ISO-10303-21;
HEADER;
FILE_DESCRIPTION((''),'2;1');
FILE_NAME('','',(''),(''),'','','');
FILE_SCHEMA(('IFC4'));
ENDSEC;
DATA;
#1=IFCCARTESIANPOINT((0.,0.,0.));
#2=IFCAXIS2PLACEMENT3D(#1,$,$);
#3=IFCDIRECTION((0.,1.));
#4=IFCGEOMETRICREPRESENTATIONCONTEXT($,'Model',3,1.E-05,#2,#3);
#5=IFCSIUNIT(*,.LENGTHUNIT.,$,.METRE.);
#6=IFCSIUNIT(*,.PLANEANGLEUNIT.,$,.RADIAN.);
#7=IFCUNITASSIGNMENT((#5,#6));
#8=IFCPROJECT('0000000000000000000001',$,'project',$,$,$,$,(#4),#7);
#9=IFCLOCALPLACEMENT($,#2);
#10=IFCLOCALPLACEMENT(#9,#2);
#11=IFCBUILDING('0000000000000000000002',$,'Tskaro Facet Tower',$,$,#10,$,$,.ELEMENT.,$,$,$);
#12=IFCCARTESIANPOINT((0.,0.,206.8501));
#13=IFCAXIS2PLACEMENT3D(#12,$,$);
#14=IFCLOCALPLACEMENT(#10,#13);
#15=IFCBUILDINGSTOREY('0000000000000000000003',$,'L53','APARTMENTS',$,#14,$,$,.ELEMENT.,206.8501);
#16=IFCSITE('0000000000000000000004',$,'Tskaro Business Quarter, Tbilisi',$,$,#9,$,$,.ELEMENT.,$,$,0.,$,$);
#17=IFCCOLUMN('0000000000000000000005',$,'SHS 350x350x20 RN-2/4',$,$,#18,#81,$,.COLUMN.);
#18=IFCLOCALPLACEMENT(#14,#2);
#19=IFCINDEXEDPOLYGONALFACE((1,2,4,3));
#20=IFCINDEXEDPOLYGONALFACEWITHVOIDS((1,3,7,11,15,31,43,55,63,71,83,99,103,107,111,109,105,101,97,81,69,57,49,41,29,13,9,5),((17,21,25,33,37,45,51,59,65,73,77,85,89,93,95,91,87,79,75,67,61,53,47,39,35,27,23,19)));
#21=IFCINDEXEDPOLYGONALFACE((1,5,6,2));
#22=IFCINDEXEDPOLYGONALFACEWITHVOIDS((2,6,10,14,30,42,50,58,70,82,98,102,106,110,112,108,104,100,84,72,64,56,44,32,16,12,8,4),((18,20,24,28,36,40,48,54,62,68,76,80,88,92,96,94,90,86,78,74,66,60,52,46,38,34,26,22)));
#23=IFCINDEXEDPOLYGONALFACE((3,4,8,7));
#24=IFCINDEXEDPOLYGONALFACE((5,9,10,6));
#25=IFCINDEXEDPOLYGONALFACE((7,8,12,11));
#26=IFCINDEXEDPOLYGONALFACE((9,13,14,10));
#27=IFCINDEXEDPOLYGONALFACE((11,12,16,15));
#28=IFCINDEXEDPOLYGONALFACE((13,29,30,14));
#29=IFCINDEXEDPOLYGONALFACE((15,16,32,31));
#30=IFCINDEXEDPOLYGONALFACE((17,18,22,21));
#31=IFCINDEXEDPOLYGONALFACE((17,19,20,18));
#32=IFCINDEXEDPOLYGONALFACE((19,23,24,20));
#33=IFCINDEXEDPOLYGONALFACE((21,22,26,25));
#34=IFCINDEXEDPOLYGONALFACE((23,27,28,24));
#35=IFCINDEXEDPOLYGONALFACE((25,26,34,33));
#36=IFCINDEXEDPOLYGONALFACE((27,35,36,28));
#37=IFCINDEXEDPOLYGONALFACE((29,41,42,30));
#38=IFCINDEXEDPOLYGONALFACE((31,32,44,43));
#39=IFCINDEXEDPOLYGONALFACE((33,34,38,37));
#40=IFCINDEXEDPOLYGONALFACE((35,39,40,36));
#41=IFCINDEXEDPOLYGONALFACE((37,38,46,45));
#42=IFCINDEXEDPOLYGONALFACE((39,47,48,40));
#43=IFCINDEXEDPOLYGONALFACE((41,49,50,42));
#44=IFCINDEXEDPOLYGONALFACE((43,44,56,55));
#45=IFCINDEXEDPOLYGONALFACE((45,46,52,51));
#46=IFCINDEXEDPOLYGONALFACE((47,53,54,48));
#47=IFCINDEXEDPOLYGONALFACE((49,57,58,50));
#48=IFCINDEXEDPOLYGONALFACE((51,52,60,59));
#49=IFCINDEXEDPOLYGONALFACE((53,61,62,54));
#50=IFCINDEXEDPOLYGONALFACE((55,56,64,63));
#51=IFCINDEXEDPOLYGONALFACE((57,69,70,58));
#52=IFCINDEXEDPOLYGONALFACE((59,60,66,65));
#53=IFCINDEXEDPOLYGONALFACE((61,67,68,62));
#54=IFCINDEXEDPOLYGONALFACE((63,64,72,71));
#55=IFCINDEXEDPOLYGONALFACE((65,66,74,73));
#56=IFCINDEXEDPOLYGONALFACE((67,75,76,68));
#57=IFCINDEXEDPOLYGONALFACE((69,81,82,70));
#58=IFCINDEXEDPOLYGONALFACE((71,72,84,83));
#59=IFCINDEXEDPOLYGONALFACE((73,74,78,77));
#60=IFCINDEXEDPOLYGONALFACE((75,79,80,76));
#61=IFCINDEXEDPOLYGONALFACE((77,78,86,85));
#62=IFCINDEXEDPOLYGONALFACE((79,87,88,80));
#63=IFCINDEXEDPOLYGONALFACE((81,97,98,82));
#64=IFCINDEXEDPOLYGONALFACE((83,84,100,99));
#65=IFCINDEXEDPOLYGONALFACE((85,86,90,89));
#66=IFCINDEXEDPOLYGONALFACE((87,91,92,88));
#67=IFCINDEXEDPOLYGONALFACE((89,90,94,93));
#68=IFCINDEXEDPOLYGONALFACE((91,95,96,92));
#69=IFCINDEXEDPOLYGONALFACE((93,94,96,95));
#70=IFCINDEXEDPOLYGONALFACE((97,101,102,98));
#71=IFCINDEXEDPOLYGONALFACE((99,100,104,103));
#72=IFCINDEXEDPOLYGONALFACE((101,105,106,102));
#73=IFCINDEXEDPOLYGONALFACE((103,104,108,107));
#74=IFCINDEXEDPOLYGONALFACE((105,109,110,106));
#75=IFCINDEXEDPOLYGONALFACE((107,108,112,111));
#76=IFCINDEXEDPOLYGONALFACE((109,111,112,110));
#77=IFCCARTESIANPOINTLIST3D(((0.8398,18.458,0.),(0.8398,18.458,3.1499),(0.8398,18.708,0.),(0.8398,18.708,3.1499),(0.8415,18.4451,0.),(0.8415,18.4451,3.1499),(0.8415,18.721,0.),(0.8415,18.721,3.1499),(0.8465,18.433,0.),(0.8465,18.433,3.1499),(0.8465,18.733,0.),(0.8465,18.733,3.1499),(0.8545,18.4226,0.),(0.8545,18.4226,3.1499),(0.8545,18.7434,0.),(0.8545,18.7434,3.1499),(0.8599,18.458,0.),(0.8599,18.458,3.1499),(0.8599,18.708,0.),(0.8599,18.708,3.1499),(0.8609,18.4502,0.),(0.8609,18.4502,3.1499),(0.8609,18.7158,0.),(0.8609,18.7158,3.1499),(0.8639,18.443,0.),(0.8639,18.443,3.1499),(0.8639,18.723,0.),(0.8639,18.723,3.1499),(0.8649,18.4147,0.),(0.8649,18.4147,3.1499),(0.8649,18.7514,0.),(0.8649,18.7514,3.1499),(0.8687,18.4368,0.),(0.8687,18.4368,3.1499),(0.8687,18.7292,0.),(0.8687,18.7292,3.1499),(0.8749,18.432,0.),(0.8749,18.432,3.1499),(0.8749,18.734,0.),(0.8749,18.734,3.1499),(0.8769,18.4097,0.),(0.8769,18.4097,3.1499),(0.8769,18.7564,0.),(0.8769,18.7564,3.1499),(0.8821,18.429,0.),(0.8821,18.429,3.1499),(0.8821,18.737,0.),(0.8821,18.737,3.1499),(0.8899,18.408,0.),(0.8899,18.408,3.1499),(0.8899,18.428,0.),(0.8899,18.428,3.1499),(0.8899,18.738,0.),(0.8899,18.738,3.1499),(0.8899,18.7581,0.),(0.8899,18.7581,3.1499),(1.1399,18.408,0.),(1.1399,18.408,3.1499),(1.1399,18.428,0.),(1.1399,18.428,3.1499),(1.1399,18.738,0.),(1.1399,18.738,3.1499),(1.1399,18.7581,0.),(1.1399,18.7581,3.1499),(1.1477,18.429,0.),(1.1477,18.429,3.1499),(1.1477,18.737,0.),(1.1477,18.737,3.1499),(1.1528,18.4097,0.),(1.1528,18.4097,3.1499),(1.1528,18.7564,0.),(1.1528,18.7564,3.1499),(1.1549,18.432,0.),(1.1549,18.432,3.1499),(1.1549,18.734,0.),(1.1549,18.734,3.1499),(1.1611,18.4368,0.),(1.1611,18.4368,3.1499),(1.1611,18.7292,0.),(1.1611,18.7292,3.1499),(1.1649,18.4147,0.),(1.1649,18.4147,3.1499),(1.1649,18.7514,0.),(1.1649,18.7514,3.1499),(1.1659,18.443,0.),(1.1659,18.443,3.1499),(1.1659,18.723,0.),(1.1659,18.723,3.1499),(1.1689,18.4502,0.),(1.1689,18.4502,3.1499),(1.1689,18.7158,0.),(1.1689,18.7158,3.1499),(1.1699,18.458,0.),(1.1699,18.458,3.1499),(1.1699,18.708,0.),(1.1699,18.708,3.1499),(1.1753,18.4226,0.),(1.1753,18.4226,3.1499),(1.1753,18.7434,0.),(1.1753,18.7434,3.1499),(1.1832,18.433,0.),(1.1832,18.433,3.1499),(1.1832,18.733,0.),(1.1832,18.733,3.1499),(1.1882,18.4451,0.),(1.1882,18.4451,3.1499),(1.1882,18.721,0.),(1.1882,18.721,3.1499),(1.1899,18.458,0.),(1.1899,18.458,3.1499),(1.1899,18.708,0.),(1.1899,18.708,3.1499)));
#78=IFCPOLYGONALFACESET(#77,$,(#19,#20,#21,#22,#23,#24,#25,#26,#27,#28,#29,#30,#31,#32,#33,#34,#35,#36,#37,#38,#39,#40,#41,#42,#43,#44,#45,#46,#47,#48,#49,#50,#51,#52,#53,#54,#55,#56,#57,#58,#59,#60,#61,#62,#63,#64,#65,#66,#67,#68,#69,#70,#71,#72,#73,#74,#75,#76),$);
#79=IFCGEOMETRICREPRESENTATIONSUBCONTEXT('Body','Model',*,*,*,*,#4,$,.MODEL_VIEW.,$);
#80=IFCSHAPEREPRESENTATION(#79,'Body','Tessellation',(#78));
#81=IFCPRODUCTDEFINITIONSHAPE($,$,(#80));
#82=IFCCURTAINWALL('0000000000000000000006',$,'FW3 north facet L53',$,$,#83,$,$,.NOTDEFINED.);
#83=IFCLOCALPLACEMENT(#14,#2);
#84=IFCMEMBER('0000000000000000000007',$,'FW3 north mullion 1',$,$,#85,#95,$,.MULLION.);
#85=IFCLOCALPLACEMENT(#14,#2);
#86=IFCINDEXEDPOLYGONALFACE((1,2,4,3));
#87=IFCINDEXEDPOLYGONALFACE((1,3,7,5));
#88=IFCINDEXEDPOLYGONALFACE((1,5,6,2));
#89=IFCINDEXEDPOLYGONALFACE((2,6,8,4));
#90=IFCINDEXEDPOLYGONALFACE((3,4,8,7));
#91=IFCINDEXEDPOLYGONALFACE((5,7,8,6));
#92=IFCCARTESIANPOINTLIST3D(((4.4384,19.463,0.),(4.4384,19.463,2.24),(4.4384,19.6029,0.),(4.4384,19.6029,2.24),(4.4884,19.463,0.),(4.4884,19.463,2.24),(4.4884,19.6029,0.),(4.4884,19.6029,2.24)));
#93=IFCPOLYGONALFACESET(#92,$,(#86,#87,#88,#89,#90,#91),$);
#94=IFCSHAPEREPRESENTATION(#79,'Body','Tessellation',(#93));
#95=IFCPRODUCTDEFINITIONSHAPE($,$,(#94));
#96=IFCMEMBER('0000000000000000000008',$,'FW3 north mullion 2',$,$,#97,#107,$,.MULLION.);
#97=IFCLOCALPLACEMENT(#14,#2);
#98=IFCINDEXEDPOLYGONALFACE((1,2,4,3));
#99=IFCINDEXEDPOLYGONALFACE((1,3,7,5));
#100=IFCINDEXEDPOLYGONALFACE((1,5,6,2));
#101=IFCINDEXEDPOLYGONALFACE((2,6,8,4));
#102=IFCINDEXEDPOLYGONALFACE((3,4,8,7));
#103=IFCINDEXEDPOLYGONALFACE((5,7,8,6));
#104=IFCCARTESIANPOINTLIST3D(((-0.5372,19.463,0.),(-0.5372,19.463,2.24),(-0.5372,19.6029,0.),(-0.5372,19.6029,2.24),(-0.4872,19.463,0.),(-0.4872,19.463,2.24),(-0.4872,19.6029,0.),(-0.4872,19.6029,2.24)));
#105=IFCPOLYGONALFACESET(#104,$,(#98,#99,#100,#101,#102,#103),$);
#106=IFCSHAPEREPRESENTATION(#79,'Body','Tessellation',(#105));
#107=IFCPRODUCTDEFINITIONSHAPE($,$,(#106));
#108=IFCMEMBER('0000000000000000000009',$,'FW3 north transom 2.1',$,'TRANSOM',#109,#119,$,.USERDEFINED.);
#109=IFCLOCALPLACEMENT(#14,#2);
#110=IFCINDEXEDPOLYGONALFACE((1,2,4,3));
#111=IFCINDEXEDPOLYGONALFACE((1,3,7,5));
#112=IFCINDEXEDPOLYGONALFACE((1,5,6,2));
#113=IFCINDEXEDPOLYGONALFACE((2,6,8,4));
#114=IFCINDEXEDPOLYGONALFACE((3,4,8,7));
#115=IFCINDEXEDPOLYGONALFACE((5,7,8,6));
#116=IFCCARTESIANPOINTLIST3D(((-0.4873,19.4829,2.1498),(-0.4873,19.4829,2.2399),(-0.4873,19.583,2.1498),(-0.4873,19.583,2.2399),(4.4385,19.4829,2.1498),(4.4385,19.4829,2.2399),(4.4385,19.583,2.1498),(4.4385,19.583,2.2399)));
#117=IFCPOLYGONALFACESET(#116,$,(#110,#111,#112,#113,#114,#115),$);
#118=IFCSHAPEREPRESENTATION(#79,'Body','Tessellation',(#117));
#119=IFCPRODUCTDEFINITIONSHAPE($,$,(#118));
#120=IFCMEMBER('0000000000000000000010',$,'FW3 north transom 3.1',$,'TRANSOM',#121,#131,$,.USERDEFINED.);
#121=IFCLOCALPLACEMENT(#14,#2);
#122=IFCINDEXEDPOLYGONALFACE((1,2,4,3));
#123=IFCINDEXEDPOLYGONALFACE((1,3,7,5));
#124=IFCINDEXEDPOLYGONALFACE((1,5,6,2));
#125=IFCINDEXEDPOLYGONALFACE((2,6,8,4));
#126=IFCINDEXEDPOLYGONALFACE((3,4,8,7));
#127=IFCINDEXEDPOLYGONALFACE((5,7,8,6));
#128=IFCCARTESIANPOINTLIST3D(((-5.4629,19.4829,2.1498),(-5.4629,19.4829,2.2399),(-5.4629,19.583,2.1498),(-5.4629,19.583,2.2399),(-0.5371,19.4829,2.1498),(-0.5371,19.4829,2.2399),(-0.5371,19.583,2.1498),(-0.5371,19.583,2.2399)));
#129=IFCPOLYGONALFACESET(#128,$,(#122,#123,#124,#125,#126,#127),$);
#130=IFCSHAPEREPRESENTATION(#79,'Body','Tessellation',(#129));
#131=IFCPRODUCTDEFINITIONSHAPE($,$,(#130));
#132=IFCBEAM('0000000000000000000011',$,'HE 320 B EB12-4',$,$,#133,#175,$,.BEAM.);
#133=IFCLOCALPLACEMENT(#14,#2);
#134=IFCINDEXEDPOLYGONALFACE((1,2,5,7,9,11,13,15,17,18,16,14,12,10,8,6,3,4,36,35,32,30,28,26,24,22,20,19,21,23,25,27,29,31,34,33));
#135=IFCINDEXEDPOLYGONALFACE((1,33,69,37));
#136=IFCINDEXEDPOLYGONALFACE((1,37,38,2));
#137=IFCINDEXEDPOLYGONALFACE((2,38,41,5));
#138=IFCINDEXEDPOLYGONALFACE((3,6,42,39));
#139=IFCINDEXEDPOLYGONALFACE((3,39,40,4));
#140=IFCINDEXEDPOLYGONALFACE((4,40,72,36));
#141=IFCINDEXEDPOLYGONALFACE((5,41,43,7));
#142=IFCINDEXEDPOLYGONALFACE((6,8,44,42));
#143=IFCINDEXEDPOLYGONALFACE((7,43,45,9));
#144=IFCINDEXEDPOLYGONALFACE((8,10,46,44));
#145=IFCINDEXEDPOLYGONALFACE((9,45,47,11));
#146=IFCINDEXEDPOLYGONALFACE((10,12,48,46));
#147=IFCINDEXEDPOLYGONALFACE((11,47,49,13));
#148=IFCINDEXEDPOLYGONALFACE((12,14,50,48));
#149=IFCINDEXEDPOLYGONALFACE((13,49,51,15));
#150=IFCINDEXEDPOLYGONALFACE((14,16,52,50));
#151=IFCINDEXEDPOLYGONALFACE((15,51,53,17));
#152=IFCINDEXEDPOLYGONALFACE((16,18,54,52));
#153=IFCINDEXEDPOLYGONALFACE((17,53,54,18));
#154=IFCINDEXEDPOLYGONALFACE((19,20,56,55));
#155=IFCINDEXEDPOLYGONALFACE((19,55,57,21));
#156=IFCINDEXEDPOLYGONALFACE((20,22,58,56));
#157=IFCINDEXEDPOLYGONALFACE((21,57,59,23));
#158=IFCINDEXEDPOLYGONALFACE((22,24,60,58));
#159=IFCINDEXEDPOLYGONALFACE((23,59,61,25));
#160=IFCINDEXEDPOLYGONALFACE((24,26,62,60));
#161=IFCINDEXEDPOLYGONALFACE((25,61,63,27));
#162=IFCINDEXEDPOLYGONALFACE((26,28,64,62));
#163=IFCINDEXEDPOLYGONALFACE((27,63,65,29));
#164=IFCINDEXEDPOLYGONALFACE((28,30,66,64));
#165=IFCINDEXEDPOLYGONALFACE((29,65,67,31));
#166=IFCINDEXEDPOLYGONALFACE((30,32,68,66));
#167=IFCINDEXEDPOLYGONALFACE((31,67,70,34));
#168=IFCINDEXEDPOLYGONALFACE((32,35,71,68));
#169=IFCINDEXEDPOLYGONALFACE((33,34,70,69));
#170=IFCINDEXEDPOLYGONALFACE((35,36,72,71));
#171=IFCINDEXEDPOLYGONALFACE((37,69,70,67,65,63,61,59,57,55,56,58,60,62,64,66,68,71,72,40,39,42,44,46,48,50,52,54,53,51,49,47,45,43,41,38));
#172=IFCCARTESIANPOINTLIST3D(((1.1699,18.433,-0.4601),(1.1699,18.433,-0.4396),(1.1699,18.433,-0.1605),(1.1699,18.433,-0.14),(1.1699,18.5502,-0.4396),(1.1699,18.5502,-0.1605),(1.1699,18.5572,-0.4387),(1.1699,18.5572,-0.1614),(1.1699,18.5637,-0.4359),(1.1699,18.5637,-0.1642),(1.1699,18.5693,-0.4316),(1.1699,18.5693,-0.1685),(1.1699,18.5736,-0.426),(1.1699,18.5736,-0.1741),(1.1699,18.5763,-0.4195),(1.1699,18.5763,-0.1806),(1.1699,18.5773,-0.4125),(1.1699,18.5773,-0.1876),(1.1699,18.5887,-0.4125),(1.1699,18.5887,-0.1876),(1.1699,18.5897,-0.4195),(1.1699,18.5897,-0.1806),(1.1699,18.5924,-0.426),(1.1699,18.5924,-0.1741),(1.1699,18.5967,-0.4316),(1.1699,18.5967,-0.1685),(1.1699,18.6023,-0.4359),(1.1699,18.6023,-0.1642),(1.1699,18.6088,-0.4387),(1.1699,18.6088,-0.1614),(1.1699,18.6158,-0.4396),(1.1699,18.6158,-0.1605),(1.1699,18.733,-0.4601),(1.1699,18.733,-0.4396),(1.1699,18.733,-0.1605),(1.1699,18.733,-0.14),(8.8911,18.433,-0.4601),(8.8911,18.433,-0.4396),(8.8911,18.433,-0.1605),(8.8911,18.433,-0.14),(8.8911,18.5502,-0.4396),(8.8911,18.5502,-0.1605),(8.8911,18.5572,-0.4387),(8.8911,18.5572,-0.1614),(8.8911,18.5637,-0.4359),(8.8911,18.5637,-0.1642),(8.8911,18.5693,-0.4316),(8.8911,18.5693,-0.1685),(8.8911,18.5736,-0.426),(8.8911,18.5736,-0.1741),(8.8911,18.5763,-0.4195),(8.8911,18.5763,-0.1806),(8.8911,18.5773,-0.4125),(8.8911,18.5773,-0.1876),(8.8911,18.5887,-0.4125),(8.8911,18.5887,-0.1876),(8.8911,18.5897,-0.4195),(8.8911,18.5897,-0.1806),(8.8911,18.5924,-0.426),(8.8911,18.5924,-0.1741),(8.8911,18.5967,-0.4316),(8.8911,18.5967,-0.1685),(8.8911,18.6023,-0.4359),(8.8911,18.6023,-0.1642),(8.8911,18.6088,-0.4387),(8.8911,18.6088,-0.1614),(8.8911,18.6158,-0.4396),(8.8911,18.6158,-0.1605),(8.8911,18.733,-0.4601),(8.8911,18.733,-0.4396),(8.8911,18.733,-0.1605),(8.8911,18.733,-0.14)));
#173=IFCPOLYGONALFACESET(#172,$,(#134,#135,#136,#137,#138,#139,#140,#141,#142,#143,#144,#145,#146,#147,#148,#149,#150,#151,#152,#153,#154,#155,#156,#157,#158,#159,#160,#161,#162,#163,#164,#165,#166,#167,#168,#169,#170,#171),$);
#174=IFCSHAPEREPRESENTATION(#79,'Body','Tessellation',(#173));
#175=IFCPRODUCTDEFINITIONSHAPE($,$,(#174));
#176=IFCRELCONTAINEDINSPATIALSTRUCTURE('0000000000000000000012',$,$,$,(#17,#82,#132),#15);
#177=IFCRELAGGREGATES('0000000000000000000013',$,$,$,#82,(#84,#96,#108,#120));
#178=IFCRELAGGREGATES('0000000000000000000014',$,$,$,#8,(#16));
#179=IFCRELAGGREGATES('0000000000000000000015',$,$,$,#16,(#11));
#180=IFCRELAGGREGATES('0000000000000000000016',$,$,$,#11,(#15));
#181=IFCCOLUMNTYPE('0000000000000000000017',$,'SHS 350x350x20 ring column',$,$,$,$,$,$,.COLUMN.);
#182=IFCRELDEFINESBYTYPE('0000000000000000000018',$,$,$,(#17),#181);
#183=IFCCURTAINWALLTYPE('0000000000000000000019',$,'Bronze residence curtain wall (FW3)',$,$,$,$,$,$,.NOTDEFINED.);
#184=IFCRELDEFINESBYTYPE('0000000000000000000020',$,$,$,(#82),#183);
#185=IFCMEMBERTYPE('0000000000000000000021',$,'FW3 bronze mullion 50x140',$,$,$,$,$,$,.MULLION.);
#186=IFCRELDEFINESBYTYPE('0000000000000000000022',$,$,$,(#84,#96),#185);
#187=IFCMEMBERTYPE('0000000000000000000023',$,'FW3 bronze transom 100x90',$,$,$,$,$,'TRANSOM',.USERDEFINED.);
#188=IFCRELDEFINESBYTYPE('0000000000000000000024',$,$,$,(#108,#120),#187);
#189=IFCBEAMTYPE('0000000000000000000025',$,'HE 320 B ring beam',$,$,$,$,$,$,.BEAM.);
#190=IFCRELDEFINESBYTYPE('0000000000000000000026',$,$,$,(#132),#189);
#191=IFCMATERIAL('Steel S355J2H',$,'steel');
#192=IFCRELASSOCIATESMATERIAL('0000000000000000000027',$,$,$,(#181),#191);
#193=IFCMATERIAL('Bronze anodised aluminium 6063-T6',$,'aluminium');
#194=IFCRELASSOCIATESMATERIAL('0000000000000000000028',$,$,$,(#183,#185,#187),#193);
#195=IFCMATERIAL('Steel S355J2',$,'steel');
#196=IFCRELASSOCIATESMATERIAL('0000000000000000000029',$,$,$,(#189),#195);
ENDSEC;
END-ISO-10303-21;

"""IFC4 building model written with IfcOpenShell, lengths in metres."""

from ifc_helpers import new_model, si_unit, direction, frame, origin, origin_2d, place, context, subcontext, project, spatial, rectangle, hollow_rectangle, i_section, extrude, material, material_profile, profile_set, type_object, element, aggregate, save


model = new_model("IFC4")

# Units and contexts
model_context = context("Model", 3, precision=1e-05, world=origin(), true_north=direction((0.0, 1.0)))
body_context = subcontext(model_context, "Body", "Model", "MODEL_VIEW")
ifc_project = project(units=[si_unit("LENGTHUNIT", "METRE"), si_unit("PLANEANGLEUNIT", "RADIAN")], contexts=[model_context])

# Site, building, storey
site_placement = place(None, origin())
site = spatial("IfcSite", under=ifc_project, at=site_placement, Name="Tskaro Business Quarter, Tbilisi", CompositionType="ELEMENT", RefElevation=0.0)
building_placement = place(site_placement, origin())
building = spatial("IfcBuilding", under=site, at=building_placement, Name="Tskaro Facet Tower", CompositionType="ELEMENT")
storey_placement = place(building_placement, frame((0.0, 0.0, 206.8501)))
storey = spatial("IfcBuildingStorey", under=building, at=storey_placement, Name="L53", Description="APARTMENTS", CompositionType="ELEMENT", Elevation=206.8501)

# Column
ifc_material_1 = material(Name="Steel S355J2H", Category="steel")
ifc_material_profile_1 = material_profile(ifc_material_1, hollow_rectangle(XDim=0.3501, YDim=0.3501, WallThickness=0.02, InnerFilletRadius=0.03, OuterFilletRadius=0.05, at=origin_2d()), Name="SHS 350x350x20")
ifc_profile_set_1 = profile_set([ifc_material_profile_1], Name="Steel S355J2H")
column_type = type_object("IfcColumnType", Name="SHS 350x350x20 ring column", PredefinedType="COLUMN", material=ifc_profile_set_1)
column_placement = place(storey_placement, frame((1.0149, 18.583, 0.0), z_axis=(0.0, 0.0, 1.0), x_axis=(1.0, 0.0, 0.0)))
element("IfcColumn", 1, at=column_placement, inside=storey, type_object=column_type, Name="SHS 350x350x20 RN-2/4", PredefinedType="COLUMN", context=body_context, shape_type="SweptSolid", body=[
    extrude(hollow_rectangle(XDim=0.3501, YDim=0.3501, WallThickness=0.02, InnerFilletRadius=0.03, OuterFilletRadius=0.05, at=origin_2d()), origin(), (0.0, 0.0, 1.0), 3.1499),
])

# Curtain wall, members
ifc_material_2 = material(Name="Bronze anodised aluminium 6063-T6", Category="aluminium")
curtain_wall_type = type_object("IfcCurtainWallType", Name="Bronze residence curtain wall (FW3)", PredefinedType="NOTDEFINED", material=ifc_material_2)
curtain_wall_placement = place(storey_placement, origin())
curtain_wall = element("IfcCurtainWall", 2, at=curtain_wall_placement, inside=storey, type_object=curtain_wall_type, Name="FW3 north facet L53", PredefinedType="NOTDEFINED")
ifc_material_profile_2 = material_profile(ifc_material_2, rectangle(XDim=0.05, YDim=0.1399, at=origin_2d()), Name="Mullion 50x140")
ifc_profile_set_2 = profile_set([ifc_material_profile_2], Name="Bronze anodised aluminium 6063-T6")
member_type_1 = type_object("IfcMemberType", Name="FW3 bronze mullion 50x140", PredefinedType="MULLION", material=ifc_profile_set_2)
member_1_placement = place(storey_placement, frame((4.4634, 19.533, 0.0), z_axis=(0.0, 0.0, 1.0), x_axis=(-1.0, 0.0, 0.0)))
member_1 = element("IfcMember", 3, at=member_1_placement, type_object=member_type_1, Name="FW3 north mullion 1", PredefinedType="MULLION", context=body_context, shape_type="SweptSolid", body=[
    extrude(rectangle(XDim=0.05, YDim=0.1399, at=origin_2d()), origin(), (0.0, 0.0, 1.0), 2.24),
])
member_2_placement = place(storey_placement, frame((-0.5122, 19.533, 0.0), z_axis=(0.0, 0.0, 1.0), x_axis=(-1.0, 0.0, 0.0)))
member_2 = element("IfcMember", 4, at=member_2_placement, type_object=member_type_1, Name="FW3 north mullion 2", PredefinedType="MULLION", context=body_context, shape_type="SweptSolid", body=[
    extrude(rectangle(XDim=0.05, YDim=0.1399, at=origin_2d()), origin(), (0.0, 0.0, 1.0), 2.24),
])
ifc_material_profile_3 = material_profile(ifc_material_2, rectangle(XDim=0.1001, YDim=0.0901, at=origin_2d()), Name="Transom 100x90")
ifc_profile_set_3 = profile_set([ifc_material_profile_3], Name="Bronze anodised aluminium 6063-T6")
member_type_2 = type_object("IfcMemberType", Name="FW3 bronze transom 100x90", ElementType="TRANSOM", PredefinedType="USERDEFINED", material=ifc_profile_set_3)
member_3_placement = place(storey_placement, frame((4.4385, 19.533, 2.1948), z_axis=(-1.0, 0.0, 0.0), x_axis=(0.0, -1.0, 0.0)))
member_3 = element("IfcMember", 5, at=member_3_placement, type_object=member_type_2, Name="FW3 north transom 2.1", ObjectType="TRANSOM", PredefinedType="USERDEFINED", context=body_context, shape_type="SweptSolid", body=[
    extrude(rectangle(XDim=0.1001, YDim=0.0901, at=origin_2d()), origin(), (0.0, 0.0, 1.0), 4.9258),
])
member_4_placement = place(storey_placement, frame((-0.5371, 19.533, 2.1948), z_axis=(-1.0, 0.0, 0.0), x_axis=(0.0, -1.0, 0.0)))
member_4 = element("IfcMember", 6, at=member_4_placement, type_object=member_type_2, Name="FW3 north transom 3.1", ObjectType="TRANSOM", PredefinedType="USERDEFINED", context=body_context, shape_type="SweptSolid", body=[
    extrude(rectangle(XDim=0.1001, YDim=0.0901, at=origin_2d()), origin(), (0.0, 0.0, 1.0), 4.9258),
])

# Beam
ifc_material_3 = material(Name="Steel S355J2", Category="steel")
ifc_material_profile_4 = material_profile(ifc_material_3, i_section(OverallWidth=0.3, OverallDepth=0.3201, WebThickness=0.0115, FlangeThickness=0.0205, FilletRadius=0.0271, at=origin_2d()), Name="HE 320 B")
ifc_profile_set_4 = profile_set([ifc_material_profile_4], Name="Steel S355J2")
beam_type_1 = type_object("IfcBeamType", Name="HE 320 B ring beam", PredefinedType="BEAM", material=ifc_profile_set_4)
beam_1_placement = place(storey_placement, frame((8.8911, 18.583, -0.3), z_axis=(-1.0, 0.0, 0.0), x_axis=(0.0, -1.0, 0.0)))
element("IfcBeam", 7, at=beam_1_placement, inside=storey, type_object=beam_type_1, Name="HE 320 B EB12-4", PredefinedType="BEAM", context=body_context, shape_type="SweptSolid", body=[
    extrude(i_section(OverallWidth=0.3, OverallDepth=0.3201, WebThickness=0.0115, FlangeThickness=0.0205, FilletRadius=0.0271, at=origin_2d()), origin(), (0.0, 0.0, 1.0), 7.7212),
])

aggregate(curtain_wall, [member_1, member_2, member_3, member_4])

save(model, "model.ifc")
